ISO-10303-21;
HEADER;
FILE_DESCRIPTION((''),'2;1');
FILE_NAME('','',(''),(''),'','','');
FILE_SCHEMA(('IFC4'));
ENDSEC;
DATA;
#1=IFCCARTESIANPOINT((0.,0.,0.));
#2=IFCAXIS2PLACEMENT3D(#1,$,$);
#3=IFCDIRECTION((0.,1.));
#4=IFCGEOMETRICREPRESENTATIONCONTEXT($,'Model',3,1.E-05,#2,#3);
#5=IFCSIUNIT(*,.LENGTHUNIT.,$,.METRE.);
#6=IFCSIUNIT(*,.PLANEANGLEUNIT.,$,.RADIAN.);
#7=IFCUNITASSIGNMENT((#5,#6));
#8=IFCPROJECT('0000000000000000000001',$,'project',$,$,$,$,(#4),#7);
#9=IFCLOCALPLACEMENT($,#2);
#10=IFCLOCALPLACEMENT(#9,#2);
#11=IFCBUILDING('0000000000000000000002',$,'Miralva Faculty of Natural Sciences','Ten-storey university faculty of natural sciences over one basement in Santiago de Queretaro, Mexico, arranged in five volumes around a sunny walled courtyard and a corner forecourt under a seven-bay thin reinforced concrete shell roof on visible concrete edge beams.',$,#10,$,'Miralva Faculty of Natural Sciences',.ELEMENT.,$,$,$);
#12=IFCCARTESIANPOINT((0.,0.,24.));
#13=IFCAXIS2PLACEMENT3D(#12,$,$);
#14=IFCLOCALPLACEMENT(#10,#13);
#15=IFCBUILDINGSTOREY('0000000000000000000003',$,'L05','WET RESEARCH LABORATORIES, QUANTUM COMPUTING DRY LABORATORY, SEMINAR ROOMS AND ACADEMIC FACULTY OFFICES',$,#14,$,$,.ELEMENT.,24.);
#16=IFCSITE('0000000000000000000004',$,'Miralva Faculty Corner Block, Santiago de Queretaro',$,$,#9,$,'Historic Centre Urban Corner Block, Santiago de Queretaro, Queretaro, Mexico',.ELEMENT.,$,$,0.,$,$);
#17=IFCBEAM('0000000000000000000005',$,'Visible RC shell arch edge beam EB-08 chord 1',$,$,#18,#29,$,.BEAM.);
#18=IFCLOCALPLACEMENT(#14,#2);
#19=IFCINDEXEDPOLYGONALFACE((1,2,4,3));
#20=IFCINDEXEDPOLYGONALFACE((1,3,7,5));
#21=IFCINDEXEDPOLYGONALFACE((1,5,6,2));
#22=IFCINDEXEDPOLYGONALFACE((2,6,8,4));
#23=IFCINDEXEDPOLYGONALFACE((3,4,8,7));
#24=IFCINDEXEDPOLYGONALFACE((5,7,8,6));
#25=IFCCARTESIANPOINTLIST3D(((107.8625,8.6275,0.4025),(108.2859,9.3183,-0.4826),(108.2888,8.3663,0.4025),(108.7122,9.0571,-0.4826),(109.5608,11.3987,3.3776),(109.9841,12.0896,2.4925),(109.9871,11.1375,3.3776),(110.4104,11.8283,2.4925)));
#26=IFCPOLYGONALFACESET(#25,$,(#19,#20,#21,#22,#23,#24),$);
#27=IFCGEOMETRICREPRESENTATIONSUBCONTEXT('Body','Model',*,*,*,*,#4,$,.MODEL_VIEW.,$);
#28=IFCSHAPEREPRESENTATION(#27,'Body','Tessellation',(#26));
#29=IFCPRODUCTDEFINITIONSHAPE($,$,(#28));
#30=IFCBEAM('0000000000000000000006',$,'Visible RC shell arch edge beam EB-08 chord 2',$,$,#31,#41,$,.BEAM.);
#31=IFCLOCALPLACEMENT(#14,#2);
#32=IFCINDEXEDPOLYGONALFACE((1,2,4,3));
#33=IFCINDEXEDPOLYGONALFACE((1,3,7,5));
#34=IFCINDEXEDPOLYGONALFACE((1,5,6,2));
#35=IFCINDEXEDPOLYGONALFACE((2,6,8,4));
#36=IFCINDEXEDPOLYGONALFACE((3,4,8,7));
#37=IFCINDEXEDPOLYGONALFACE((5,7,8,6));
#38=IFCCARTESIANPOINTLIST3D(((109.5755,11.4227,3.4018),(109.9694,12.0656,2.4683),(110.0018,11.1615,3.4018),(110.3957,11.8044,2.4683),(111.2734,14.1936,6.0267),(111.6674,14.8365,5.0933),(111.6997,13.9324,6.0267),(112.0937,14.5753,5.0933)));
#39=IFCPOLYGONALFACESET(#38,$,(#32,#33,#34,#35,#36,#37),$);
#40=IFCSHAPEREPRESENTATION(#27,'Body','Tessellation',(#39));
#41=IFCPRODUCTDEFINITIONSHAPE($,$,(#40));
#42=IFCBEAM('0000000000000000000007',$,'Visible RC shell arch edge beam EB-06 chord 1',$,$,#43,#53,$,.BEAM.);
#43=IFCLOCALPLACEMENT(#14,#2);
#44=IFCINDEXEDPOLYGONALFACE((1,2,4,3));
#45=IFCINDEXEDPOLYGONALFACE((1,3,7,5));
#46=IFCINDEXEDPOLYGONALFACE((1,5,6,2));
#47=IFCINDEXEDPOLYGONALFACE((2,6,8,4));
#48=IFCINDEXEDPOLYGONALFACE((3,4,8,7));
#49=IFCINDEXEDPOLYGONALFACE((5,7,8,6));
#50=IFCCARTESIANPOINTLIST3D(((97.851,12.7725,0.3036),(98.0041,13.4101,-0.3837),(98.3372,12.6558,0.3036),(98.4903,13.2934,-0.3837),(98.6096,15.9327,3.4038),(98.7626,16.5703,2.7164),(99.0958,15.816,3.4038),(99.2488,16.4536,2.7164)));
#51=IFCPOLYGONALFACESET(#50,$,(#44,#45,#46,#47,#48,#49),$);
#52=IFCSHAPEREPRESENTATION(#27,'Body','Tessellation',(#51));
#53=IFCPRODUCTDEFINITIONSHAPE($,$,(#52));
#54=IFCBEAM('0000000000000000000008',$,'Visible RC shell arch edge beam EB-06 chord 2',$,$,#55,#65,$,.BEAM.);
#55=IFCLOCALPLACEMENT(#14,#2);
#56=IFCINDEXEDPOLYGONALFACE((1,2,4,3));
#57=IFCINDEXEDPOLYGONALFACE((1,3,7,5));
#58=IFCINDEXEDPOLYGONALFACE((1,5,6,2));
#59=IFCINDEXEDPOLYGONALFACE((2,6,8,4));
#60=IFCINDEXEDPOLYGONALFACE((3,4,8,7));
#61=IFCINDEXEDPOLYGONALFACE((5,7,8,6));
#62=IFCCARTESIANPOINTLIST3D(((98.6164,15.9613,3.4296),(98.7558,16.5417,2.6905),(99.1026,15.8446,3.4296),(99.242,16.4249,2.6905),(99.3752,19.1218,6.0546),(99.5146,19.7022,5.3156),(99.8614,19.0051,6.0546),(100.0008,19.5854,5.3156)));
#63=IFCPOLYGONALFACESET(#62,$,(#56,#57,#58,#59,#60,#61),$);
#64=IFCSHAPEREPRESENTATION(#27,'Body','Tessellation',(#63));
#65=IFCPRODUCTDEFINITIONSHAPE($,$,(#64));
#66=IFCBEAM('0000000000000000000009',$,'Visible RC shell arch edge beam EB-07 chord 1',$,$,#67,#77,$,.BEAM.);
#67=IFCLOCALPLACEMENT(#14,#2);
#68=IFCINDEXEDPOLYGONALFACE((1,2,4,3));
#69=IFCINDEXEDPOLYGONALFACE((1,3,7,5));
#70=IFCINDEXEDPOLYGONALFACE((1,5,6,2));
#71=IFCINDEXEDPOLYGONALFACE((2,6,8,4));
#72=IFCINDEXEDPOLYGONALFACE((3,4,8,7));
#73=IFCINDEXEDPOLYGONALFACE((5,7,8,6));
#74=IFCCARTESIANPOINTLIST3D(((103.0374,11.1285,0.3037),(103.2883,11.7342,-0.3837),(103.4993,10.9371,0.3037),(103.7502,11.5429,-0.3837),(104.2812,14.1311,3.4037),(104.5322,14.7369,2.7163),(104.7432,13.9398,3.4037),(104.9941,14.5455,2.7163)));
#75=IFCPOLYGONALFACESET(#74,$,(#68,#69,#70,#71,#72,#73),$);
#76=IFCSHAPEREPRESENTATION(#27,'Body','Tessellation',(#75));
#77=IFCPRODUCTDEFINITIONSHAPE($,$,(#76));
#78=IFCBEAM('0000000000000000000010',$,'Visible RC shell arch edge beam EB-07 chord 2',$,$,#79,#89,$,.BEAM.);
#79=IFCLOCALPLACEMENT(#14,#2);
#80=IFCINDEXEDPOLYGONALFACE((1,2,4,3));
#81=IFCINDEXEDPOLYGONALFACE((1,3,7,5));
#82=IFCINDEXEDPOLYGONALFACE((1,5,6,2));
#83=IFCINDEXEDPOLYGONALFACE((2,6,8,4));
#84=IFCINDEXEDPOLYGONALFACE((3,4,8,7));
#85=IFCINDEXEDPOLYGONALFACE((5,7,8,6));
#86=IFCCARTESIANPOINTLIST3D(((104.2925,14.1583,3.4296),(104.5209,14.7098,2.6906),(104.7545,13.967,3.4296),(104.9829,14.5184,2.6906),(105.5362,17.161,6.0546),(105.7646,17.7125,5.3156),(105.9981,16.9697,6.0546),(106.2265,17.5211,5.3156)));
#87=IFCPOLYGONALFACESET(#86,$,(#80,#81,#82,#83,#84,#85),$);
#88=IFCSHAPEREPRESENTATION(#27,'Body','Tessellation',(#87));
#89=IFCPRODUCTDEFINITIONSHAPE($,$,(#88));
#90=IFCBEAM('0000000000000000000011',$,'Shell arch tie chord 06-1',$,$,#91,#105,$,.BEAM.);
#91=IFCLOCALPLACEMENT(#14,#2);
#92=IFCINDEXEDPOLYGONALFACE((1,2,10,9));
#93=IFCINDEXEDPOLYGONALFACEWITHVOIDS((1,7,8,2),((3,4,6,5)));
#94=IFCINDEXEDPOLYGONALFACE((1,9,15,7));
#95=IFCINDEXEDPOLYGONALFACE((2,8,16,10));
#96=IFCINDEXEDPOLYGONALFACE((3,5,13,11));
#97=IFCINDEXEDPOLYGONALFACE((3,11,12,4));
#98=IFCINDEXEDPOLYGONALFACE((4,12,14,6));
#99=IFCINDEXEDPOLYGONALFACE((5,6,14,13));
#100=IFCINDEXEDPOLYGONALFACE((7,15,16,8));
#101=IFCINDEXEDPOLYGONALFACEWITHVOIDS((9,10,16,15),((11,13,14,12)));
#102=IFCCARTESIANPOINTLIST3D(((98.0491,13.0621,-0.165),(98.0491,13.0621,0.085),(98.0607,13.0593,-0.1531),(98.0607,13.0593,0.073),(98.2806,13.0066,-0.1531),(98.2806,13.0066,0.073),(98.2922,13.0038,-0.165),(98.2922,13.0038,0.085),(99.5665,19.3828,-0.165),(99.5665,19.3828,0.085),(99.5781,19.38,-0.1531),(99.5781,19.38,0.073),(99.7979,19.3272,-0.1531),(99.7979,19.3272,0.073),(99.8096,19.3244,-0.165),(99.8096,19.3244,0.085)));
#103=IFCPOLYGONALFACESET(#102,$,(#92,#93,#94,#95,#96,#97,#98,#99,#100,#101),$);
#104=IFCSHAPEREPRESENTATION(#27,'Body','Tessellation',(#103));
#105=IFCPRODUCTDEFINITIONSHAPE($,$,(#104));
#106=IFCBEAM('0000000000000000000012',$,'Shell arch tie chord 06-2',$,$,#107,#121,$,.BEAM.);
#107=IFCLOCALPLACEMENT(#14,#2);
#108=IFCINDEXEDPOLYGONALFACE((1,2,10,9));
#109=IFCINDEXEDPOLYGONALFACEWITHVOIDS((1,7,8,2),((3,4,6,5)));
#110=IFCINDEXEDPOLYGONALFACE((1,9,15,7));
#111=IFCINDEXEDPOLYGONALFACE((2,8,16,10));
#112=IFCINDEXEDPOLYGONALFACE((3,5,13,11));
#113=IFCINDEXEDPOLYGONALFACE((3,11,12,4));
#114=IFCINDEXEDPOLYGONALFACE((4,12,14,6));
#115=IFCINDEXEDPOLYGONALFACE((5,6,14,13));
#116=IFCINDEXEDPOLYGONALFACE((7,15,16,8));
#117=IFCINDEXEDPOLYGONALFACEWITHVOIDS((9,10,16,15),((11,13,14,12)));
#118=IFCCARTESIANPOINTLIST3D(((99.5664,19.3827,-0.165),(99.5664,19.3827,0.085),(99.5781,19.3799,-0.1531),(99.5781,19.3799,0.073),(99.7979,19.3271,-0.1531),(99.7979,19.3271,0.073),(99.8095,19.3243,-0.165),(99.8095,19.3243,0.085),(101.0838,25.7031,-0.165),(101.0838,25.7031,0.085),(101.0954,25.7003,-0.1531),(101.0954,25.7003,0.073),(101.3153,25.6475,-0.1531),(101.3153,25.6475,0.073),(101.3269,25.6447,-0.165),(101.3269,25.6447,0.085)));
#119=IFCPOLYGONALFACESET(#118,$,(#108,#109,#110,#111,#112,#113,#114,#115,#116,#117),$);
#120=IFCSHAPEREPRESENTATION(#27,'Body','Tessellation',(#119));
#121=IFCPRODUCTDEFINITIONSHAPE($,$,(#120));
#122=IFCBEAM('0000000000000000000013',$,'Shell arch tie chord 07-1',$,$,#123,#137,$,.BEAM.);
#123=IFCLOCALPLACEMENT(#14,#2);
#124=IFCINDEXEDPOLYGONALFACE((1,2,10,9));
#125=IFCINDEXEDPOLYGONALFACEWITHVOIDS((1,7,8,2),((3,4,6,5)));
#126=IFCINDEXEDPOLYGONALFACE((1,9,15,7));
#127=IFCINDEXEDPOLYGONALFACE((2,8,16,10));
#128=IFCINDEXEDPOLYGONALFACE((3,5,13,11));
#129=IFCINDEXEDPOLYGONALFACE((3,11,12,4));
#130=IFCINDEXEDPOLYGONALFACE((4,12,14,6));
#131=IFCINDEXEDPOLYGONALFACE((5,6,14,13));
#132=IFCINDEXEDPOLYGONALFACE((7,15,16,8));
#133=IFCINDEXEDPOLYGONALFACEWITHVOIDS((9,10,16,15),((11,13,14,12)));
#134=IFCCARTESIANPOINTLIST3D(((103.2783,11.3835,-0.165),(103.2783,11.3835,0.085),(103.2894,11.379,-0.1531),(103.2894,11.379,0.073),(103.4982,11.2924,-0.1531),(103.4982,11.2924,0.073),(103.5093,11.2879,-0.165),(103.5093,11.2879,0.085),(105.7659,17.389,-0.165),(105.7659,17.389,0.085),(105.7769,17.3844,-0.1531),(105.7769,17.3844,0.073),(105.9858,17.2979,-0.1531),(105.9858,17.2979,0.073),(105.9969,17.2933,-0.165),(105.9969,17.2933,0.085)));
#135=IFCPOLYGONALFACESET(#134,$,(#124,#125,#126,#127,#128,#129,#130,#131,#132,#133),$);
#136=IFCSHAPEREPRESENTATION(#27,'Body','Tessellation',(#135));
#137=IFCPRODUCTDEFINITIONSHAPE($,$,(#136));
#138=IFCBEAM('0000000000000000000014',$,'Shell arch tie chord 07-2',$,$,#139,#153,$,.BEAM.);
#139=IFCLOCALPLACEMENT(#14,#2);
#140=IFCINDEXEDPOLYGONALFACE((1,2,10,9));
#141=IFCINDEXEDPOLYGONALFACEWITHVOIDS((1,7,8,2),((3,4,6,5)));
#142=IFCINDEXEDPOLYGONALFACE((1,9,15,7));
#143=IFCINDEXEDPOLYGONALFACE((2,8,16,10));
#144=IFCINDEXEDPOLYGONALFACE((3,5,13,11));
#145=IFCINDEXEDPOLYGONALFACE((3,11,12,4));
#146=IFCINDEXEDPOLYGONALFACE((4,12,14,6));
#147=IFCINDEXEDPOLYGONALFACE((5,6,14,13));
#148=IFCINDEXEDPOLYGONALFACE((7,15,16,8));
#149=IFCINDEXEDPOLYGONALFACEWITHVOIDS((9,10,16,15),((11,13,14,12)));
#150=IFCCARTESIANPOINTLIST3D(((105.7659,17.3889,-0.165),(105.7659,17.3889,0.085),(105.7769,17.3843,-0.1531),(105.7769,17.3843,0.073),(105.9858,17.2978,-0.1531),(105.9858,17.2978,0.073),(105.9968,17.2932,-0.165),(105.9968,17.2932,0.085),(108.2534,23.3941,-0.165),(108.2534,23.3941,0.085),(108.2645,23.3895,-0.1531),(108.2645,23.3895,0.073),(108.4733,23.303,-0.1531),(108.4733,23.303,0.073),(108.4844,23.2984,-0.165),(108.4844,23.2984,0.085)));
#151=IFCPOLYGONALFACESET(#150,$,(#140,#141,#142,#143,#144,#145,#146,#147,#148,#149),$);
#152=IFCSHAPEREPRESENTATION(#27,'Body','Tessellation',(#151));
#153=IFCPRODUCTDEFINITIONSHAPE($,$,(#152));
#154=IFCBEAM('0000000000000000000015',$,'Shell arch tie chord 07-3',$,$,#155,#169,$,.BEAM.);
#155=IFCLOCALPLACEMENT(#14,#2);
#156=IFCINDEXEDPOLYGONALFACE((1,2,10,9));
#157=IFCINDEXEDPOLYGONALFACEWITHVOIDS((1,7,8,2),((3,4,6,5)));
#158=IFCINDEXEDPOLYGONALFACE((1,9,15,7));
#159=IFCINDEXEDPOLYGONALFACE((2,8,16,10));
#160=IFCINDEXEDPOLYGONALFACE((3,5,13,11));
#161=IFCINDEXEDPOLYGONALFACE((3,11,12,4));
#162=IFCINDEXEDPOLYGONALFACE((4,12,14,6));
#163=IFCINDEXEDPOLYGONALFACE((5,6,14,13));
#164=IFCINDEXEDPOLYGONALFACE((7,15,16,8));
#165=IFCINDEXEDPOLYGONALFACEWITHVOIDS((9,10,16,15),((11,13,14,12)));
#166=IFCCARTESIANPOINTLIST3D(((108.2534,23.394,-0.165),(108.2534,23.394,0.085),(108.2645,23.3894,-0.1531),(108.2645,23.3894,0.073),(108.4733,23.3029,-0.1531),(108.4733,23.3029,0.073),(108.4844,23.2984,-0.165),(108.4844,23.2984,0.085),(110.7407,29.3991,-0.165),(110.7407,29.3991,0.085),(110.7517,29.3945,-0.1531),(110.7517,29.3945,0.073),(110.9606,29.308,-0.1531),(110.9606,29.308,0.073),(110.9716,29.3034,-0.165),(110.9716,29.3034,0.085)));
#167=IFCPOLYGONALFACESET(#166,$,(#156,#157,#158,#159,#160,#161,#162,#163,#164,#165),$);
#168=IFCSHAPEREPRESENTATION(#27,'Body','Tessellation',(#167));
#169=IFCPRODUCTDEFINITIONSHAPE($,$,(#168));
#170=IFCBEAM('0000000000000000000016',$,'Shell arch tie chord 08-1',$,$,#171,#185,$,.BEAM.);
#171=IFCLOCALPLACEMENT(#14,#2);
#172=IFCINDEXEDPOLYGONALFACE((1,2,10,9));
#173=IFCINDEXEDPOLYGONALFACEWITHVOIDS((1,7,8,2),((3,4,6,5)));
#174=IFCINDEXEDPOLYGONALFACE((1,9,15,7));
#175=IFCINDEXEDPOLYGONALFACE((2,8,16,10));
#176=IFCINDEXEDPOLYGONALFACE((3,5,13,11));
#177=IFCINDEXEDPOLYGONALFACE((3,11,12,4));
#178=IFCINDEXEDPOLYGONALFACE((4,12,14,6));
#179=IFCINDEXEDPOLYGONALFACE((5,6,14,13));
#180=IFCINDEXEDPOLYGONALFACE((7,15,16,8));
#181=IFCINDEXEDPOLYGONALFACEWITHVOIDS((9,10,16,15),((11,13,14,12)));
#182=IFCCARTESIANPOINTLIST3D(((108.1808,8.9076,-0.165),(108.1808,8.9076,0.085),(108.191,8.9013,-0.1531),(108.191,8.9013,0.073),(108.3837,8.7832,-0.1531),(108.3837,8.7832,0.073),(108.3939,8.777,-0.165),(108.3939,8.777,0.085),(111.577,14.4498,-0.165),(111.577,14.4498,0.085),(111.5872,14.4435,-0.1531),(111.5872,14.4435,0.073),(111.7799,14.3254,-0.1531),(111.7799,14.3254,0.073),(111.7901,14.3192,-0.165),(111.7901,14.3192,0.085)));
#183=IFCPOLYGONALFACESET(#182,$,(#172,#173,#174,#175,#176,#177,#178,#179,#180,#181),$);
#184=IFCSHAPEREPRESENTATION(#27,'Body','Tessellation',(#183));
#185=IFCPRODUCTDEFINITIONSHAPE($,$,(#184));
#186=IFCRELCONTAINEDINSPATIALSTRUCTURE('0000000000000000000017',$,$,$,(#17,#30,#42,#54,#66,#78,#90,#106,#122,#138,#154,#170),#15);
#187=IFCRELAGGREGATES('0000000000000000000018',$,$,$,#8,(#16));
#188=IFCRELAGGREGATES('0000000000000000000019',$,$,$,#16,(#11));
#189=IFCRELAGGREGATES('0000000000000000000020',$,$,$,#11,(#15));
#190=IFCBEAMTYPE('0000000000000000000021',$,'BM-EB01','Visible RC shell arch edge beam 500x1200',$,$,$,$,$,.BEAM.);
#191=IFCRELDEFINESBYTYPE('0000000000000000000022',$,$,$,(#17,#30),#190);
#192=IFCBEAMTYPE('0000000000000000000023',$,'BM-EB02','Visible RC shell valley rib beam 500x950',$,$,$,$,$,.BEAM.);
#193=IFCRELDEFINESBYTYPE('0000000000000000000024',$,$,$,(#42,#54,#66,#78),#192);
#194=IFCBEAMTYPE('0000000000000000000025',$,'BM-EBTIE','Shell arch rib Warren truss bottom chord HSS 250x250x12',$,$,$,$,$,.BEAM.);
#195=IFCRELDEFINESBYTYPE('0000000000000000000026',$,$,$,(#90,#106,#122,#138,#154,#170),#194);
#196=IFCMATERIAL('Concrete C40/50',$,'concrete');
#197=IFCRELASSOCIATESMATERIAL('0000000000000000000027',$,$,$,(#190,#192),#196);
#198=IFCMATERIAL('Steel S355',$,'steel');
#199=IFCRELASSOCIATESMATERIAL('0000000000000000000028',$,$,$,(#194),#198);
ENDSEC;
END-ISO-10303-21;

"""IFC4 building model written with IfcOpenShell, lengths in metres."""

from ifc_helpers import new_model, si_unit, direction, frame, origin, origin_2d, place, context, subcontext, project, spatial, rectangle, hollow_rectangle, extrude, material, material_profile, profile_set, type_object, element, save


model = new_model("IFC4")

# Units and contexts
model_context = context("Model", 3, precision=1e-05, world=origin(), true_north=direction((0.0, 1.0)))
body_context = subcontext(model_context, "Body", "Model", "MODEL_VIEW")
ifc_project = project(units=[si_unit("LENGTHUNIT", "METRE"), si_unit("PLANEANGLEUNIT", "RADIAN")], contexts=[model_context])

# Site, building, storey
site_placement = place(None, origin())
site = spatial("IfcSite", under=ifc_project, at=site_placement, Name="Miralva Faculty Corner Block, Santiago de Queretaro", LongName="Historic Centre Urban Corner Block, Santiago de Queretaro, Queretaro, Mexico", CompositionType="ELEMENT", RefElevation=0.0)
building_placement = place(site_placement, origin())
building = spatial("IfcBuilding", under=site, at=building_placement, Name="Miralva Faculty of Natural Sciences", Description="Ten-storey university faculty of natural sciences over one basement in Santiago de Queretaro, Mexico, arranged in five volumes around a sunny walled courtyard and a corner forecourt under a seven-bay thin reinforced concrete shell roof on visible concrete edge beams.", LongName="Miralva Faculty of Natural Sciences", CompositionType="ELEMENT")
storey_placement = place(building_placement, frame((0.0, 0.0, 24.0)))
storey = spatial("IfcBuildingStorey", under=building, at=storey_placement, Name="L05", Description="WET RESEARCH LABORATORIES, QUANTUM COMPUTING DRY LABORATORY, SEMINAR ROOMS AND ACADEMIC FACULTY OFFICES", CompositionType="ELEMENT", Elevation=24.0)

# Beams
ifc_material_1 = material(Name="Concrete C40/50", Category="concrete")
ifc_material_profile_1 = material_profile(ifc_material_1, rectangle(XDim=0.5, YDim=1.2, at=origin_2d()), Name="RC 500x1200")
ifc_profile_set_1 = profile_set([ifc_material_profile_1], Name="Concrete C40/50")
beam_type_1 = type_object("IfcBeamType", Name="BM-EB01", Description="Visible RC shell arch edge beam 500x1200", PredefinedType="BEAM", material=ifc_profile_set_1)
beam_1_placement = place(storey_placement, frame((108.2874, 8.8423, -0.04), z_axis=(0.385417, 0.628935, 0.6752), x_axis=(-0.852637, 0.522504, 0.0)))
element("IfcBeam", 1, at=beam_1_placement, inside=storey, type_object=beam_type_1, Name="Visible RC shell arch edge beam EB-08 chord 1", PredefinedType="BEAM", context=body_context, shape_type="SweptSolid", body=[
    extrude(rectangle(XDim=0.5, YDim=1.2, at=origin_2d()), origin(), (0.0, 0.0, 1.0), 4.4062),
])
beam_2_placement = place(storey_placement, frame((109.9856, 11.6135, 2.9351), z_axis=(0.406454, 0.6633, 0.628353), x_axis=(-0.85265, 0.522483, 0.0)))
element("IfcBeam", 2, at=beam_2_placement, inside=storey, type_object=beam_type_1, Name="Visible RC shell arch edge beam EB-08 chord 2", PredefinedType="BEAM", context=body_context, shape_type="SweptSolid", body=[
    extrude(rectangle(XDim=0.5, YDim=1.2, at=origin_2d()), origin(), (0.0, 0.0, 1.0), 4.1775),
])
ifc_material_profile_2 = material_profile(ifc_material_1, rectangle(XDim=0.5, YDim=0.95, at=origin_2d()), Name="RC 500x950")
ifc_profile_set_2 = profile_set([ifc_material_profile_2], Name="Concrete C40/50")
beam_type_2 = type_object("IfcBeamType", Name="BM-EB02", Description="Visible RC shell valley rib beam 500x950", PredefinedType="BEAM", material=ifc_profile_set_2)
beam_3_placement = place(storey_placement, frame((98.1707, 13.033, -0.04), z_axis=(0.168889, 0.703603, 0.690231), x_axis=(-0.97238, 0.233404, 0.0)))
element("IfcBeam", 3, at=beam_3_placement, inside=storey, type_object=beam_type_2, Name="Visible RC shell arch edge beam EB-06 chord 1", PredefinedType="BEAM", context=body_context, shape_type="SweptSolid", body=[
    extrude(rectangle(XDim=0.5, YDim=0.95, at=origin_2d()), origin(), (0.0, 0.0, 1.0), 4.4915),
])
beam_4_placement = place(storey_placement, frame((98.9292, 16.1931, 3.0601), z_axis=(0.181621, 0.756464, 0.628312), x_axis=(-0.972367, 0.233458, 0.0)))
element("IfcBeam", 4, at=beam_4_placement, inside=storey, type_object=beam_type_2, Name="Visible RC shell arch edge beam EB-06 chord 2", PredefinedType="BEAM", context=body_context, shape_type="SweptSolid", body=[
    extrude(rectangle(XDim=0.5, YDim=0.95, at=origin_2d()), origin(), (0.0, 0.0, 1.0), 4.178),
])
beam_5_placement = place(storey_placement, frame((103.3938, 11.3357, -0.04), z_axis=(0.276942, 0.668519, 0.690207), x_axis=(-0.923864, 0.382721, 0.0)))
element("IfcBeam", 5, at=beam_5_placement, inside=storey, type_object=beam_type_2, Name="Visible RC shell arch edge beam EB-07 chord 1", PredefinedType="BEAM", context=body_context, shape_type="SweptSolid", body=[
    extrude(rectangle(XDim=0.5, YDim=0.95, at=origin_2d()), origin(), (0.0, 0.0, 1.0), 4.4915),
])
beam_6_placement = place(storey_placement, frame((104.6377, 14.3384, 3.0601), z_axis=(0.297686, 0.718736, 0.628332), x_axis=(-0.92389, 0.382657, 0.0)))
element("IfcBeam", 6, at=beam_6_placement, inside=storey, type_object=beam_type_2, Name="Visible RC shell arch edge beam EB-07 chord 2", PredefinedType="BEAM", context=body_context, shape_type="SweptSolid", body=[
    extrude(rectangle(XDim=0.5, YDim=0.95, at=origin_2d()), origin(), (0.0, 0.0, 1.0), 4.1777),
])
ifc_material_2 = material(Name="Steel S355", Category="steel")
ifc_material_profile_3 = material_profile(ifc_material_2, hollow_rectangle(XDim=0.25, YDim=0.25, WallThickness=0.012, at=origin_2d()), Name="HSS 250x250x12")
ifc_profile_set_3 = profile_set([ifc_material_profile_3], Name="Steel S355")
beam_type_3 = type_object("IfcBeamType", Name="BM-EBTIE", Description="Shell arch rib Warren truss bottom chord HSS 250x250x12", PredefinedType="BEAM", material=ifc_profile_set_3)
beam_7_placement = place(storey_placement, frame((98.1707, 13.033, -0.04), z_axis=(0.233431, 0.972373, 0.0), x_axis=(-0.972373, 0.233431, 0.0)))
element("IfcBeam", 7, at=beam_7_placement, inside=storey, type_object=beam_type_3, Name="Shell arch tie chord 06-1", PredefinedType="BEAM", context=body_context, shape_type="SweptSolid", body=[
    extrude(hollow_rectangle(XDim=0.25, YDim=0.25, WallThickness=0.012, at=origin_2d()), origin(), (0.0, 0.0, 1.0), 6.5002),
])
beam_8_placement = place(storey_placement, frame((99.688, 19.3535, -0.04), z_axis=(0.23344, 0.972371, 0.0), x_axis=(-0.972371, 0.23344, 0.0)))
element("IfcBeam", 8, at=beam_8_placement, inside=storey, type_object=beam_type_3, Name="Shell arch tie chord 06-2", PredefinedType="BEAM", context=body_context, shape_type="SweptSolid", body=[
    extrude(hollow_rectangle(XDim=0.25, YDim=0.25, WallThickness=0.012, at=origin_2d()), origin(), (0.0, 0.0, 1.0), 6.5),
])
beam_9_placement = place(storey_placement, frame((103.3938, 11.3357, -0.04), z_axis=(0.382689, 0.923877, 0.0), x_axis=(-0.923877, 0.382689, 0.0)))
element("IfcBeam", 9, at=beam_9_placement, inside=storey, type_object=beam_type_3, Name="Shell arch tie chord 07-1", PredefinedType="BEAM", context=body_context, shape_type="SweptSolid", body=[
    extrude(hollow_rectangle(XDim=0.25, YDim=0.25, WallThickness=0.012, at=origin_2d()), origin(), (0.0, 0.0, 1.0), 6.5002),
])
beam_10_placement = place(storey_placement, frame((105.8813, 17.3411, -0.04), z_axis=(0.382702, 0.923872, 0.0), x_axis=(-0.923872, 0.382702, 0.0)))
element("IfcBeam", 10, at=beam_10_placement, inside=storey, type_object=beam_type_3, Name="Shell arch tie chord 07-2", PredefinedType="BEAM", context=body_context, shape_type="SweptSolid", body=[
    extrude(hollow_rectangle(XDim=0.25, YDim=0.25, WallThickness=0.012, at=origin_2d()), origin(), (0.0, 0.0, 1.0), 6.5),
])
beam_11_placement = place(storey_placement, frame((108.3689, 23.3462, -0.04), z_axis=(0.38267, 0.923885, 0.0), x_axis=(-0.923885, 0.38267, 0.0)))
element("IfcBeam", 11, at=beam_11_placement, inside=storey, type_object=beam_type_3, Name="Shell arch tie chord 07-3", PredefinedType="BEAM", context=body_context, shape_type="SweptSolid", body=[
    extrude(hollow_rectangle(XDim=0.25, YDim=0.25, WallThickness=0.012, at=origin_2d()), origin(), (0.0, 0.0, 1.0), 6.4998),
])
beam_12_placement = place(storey_placement, frame((108.2874, 8.8423, -0.04), z_axis=(0.522493, 0.852643, 0.0), x_axis=(-0.852643, 0.522493, 0.0)))
element("IfcBeam", 12, at=beam_12_placement, inside=storey, type_object=beam_type_3, Name="Shell arch tie chord 08-1", PredefinedType="BEAM", context=body_context, shape_type="SweptSolid", body=[
    extrude(hollow_rectangle(XDim=0.25, YDim=0.25, WallThickness=0.012, at=origin_2d()), origin(), (0.0, 0.0, 1.0), 6.5),
])

save(model, "model.ifc")
